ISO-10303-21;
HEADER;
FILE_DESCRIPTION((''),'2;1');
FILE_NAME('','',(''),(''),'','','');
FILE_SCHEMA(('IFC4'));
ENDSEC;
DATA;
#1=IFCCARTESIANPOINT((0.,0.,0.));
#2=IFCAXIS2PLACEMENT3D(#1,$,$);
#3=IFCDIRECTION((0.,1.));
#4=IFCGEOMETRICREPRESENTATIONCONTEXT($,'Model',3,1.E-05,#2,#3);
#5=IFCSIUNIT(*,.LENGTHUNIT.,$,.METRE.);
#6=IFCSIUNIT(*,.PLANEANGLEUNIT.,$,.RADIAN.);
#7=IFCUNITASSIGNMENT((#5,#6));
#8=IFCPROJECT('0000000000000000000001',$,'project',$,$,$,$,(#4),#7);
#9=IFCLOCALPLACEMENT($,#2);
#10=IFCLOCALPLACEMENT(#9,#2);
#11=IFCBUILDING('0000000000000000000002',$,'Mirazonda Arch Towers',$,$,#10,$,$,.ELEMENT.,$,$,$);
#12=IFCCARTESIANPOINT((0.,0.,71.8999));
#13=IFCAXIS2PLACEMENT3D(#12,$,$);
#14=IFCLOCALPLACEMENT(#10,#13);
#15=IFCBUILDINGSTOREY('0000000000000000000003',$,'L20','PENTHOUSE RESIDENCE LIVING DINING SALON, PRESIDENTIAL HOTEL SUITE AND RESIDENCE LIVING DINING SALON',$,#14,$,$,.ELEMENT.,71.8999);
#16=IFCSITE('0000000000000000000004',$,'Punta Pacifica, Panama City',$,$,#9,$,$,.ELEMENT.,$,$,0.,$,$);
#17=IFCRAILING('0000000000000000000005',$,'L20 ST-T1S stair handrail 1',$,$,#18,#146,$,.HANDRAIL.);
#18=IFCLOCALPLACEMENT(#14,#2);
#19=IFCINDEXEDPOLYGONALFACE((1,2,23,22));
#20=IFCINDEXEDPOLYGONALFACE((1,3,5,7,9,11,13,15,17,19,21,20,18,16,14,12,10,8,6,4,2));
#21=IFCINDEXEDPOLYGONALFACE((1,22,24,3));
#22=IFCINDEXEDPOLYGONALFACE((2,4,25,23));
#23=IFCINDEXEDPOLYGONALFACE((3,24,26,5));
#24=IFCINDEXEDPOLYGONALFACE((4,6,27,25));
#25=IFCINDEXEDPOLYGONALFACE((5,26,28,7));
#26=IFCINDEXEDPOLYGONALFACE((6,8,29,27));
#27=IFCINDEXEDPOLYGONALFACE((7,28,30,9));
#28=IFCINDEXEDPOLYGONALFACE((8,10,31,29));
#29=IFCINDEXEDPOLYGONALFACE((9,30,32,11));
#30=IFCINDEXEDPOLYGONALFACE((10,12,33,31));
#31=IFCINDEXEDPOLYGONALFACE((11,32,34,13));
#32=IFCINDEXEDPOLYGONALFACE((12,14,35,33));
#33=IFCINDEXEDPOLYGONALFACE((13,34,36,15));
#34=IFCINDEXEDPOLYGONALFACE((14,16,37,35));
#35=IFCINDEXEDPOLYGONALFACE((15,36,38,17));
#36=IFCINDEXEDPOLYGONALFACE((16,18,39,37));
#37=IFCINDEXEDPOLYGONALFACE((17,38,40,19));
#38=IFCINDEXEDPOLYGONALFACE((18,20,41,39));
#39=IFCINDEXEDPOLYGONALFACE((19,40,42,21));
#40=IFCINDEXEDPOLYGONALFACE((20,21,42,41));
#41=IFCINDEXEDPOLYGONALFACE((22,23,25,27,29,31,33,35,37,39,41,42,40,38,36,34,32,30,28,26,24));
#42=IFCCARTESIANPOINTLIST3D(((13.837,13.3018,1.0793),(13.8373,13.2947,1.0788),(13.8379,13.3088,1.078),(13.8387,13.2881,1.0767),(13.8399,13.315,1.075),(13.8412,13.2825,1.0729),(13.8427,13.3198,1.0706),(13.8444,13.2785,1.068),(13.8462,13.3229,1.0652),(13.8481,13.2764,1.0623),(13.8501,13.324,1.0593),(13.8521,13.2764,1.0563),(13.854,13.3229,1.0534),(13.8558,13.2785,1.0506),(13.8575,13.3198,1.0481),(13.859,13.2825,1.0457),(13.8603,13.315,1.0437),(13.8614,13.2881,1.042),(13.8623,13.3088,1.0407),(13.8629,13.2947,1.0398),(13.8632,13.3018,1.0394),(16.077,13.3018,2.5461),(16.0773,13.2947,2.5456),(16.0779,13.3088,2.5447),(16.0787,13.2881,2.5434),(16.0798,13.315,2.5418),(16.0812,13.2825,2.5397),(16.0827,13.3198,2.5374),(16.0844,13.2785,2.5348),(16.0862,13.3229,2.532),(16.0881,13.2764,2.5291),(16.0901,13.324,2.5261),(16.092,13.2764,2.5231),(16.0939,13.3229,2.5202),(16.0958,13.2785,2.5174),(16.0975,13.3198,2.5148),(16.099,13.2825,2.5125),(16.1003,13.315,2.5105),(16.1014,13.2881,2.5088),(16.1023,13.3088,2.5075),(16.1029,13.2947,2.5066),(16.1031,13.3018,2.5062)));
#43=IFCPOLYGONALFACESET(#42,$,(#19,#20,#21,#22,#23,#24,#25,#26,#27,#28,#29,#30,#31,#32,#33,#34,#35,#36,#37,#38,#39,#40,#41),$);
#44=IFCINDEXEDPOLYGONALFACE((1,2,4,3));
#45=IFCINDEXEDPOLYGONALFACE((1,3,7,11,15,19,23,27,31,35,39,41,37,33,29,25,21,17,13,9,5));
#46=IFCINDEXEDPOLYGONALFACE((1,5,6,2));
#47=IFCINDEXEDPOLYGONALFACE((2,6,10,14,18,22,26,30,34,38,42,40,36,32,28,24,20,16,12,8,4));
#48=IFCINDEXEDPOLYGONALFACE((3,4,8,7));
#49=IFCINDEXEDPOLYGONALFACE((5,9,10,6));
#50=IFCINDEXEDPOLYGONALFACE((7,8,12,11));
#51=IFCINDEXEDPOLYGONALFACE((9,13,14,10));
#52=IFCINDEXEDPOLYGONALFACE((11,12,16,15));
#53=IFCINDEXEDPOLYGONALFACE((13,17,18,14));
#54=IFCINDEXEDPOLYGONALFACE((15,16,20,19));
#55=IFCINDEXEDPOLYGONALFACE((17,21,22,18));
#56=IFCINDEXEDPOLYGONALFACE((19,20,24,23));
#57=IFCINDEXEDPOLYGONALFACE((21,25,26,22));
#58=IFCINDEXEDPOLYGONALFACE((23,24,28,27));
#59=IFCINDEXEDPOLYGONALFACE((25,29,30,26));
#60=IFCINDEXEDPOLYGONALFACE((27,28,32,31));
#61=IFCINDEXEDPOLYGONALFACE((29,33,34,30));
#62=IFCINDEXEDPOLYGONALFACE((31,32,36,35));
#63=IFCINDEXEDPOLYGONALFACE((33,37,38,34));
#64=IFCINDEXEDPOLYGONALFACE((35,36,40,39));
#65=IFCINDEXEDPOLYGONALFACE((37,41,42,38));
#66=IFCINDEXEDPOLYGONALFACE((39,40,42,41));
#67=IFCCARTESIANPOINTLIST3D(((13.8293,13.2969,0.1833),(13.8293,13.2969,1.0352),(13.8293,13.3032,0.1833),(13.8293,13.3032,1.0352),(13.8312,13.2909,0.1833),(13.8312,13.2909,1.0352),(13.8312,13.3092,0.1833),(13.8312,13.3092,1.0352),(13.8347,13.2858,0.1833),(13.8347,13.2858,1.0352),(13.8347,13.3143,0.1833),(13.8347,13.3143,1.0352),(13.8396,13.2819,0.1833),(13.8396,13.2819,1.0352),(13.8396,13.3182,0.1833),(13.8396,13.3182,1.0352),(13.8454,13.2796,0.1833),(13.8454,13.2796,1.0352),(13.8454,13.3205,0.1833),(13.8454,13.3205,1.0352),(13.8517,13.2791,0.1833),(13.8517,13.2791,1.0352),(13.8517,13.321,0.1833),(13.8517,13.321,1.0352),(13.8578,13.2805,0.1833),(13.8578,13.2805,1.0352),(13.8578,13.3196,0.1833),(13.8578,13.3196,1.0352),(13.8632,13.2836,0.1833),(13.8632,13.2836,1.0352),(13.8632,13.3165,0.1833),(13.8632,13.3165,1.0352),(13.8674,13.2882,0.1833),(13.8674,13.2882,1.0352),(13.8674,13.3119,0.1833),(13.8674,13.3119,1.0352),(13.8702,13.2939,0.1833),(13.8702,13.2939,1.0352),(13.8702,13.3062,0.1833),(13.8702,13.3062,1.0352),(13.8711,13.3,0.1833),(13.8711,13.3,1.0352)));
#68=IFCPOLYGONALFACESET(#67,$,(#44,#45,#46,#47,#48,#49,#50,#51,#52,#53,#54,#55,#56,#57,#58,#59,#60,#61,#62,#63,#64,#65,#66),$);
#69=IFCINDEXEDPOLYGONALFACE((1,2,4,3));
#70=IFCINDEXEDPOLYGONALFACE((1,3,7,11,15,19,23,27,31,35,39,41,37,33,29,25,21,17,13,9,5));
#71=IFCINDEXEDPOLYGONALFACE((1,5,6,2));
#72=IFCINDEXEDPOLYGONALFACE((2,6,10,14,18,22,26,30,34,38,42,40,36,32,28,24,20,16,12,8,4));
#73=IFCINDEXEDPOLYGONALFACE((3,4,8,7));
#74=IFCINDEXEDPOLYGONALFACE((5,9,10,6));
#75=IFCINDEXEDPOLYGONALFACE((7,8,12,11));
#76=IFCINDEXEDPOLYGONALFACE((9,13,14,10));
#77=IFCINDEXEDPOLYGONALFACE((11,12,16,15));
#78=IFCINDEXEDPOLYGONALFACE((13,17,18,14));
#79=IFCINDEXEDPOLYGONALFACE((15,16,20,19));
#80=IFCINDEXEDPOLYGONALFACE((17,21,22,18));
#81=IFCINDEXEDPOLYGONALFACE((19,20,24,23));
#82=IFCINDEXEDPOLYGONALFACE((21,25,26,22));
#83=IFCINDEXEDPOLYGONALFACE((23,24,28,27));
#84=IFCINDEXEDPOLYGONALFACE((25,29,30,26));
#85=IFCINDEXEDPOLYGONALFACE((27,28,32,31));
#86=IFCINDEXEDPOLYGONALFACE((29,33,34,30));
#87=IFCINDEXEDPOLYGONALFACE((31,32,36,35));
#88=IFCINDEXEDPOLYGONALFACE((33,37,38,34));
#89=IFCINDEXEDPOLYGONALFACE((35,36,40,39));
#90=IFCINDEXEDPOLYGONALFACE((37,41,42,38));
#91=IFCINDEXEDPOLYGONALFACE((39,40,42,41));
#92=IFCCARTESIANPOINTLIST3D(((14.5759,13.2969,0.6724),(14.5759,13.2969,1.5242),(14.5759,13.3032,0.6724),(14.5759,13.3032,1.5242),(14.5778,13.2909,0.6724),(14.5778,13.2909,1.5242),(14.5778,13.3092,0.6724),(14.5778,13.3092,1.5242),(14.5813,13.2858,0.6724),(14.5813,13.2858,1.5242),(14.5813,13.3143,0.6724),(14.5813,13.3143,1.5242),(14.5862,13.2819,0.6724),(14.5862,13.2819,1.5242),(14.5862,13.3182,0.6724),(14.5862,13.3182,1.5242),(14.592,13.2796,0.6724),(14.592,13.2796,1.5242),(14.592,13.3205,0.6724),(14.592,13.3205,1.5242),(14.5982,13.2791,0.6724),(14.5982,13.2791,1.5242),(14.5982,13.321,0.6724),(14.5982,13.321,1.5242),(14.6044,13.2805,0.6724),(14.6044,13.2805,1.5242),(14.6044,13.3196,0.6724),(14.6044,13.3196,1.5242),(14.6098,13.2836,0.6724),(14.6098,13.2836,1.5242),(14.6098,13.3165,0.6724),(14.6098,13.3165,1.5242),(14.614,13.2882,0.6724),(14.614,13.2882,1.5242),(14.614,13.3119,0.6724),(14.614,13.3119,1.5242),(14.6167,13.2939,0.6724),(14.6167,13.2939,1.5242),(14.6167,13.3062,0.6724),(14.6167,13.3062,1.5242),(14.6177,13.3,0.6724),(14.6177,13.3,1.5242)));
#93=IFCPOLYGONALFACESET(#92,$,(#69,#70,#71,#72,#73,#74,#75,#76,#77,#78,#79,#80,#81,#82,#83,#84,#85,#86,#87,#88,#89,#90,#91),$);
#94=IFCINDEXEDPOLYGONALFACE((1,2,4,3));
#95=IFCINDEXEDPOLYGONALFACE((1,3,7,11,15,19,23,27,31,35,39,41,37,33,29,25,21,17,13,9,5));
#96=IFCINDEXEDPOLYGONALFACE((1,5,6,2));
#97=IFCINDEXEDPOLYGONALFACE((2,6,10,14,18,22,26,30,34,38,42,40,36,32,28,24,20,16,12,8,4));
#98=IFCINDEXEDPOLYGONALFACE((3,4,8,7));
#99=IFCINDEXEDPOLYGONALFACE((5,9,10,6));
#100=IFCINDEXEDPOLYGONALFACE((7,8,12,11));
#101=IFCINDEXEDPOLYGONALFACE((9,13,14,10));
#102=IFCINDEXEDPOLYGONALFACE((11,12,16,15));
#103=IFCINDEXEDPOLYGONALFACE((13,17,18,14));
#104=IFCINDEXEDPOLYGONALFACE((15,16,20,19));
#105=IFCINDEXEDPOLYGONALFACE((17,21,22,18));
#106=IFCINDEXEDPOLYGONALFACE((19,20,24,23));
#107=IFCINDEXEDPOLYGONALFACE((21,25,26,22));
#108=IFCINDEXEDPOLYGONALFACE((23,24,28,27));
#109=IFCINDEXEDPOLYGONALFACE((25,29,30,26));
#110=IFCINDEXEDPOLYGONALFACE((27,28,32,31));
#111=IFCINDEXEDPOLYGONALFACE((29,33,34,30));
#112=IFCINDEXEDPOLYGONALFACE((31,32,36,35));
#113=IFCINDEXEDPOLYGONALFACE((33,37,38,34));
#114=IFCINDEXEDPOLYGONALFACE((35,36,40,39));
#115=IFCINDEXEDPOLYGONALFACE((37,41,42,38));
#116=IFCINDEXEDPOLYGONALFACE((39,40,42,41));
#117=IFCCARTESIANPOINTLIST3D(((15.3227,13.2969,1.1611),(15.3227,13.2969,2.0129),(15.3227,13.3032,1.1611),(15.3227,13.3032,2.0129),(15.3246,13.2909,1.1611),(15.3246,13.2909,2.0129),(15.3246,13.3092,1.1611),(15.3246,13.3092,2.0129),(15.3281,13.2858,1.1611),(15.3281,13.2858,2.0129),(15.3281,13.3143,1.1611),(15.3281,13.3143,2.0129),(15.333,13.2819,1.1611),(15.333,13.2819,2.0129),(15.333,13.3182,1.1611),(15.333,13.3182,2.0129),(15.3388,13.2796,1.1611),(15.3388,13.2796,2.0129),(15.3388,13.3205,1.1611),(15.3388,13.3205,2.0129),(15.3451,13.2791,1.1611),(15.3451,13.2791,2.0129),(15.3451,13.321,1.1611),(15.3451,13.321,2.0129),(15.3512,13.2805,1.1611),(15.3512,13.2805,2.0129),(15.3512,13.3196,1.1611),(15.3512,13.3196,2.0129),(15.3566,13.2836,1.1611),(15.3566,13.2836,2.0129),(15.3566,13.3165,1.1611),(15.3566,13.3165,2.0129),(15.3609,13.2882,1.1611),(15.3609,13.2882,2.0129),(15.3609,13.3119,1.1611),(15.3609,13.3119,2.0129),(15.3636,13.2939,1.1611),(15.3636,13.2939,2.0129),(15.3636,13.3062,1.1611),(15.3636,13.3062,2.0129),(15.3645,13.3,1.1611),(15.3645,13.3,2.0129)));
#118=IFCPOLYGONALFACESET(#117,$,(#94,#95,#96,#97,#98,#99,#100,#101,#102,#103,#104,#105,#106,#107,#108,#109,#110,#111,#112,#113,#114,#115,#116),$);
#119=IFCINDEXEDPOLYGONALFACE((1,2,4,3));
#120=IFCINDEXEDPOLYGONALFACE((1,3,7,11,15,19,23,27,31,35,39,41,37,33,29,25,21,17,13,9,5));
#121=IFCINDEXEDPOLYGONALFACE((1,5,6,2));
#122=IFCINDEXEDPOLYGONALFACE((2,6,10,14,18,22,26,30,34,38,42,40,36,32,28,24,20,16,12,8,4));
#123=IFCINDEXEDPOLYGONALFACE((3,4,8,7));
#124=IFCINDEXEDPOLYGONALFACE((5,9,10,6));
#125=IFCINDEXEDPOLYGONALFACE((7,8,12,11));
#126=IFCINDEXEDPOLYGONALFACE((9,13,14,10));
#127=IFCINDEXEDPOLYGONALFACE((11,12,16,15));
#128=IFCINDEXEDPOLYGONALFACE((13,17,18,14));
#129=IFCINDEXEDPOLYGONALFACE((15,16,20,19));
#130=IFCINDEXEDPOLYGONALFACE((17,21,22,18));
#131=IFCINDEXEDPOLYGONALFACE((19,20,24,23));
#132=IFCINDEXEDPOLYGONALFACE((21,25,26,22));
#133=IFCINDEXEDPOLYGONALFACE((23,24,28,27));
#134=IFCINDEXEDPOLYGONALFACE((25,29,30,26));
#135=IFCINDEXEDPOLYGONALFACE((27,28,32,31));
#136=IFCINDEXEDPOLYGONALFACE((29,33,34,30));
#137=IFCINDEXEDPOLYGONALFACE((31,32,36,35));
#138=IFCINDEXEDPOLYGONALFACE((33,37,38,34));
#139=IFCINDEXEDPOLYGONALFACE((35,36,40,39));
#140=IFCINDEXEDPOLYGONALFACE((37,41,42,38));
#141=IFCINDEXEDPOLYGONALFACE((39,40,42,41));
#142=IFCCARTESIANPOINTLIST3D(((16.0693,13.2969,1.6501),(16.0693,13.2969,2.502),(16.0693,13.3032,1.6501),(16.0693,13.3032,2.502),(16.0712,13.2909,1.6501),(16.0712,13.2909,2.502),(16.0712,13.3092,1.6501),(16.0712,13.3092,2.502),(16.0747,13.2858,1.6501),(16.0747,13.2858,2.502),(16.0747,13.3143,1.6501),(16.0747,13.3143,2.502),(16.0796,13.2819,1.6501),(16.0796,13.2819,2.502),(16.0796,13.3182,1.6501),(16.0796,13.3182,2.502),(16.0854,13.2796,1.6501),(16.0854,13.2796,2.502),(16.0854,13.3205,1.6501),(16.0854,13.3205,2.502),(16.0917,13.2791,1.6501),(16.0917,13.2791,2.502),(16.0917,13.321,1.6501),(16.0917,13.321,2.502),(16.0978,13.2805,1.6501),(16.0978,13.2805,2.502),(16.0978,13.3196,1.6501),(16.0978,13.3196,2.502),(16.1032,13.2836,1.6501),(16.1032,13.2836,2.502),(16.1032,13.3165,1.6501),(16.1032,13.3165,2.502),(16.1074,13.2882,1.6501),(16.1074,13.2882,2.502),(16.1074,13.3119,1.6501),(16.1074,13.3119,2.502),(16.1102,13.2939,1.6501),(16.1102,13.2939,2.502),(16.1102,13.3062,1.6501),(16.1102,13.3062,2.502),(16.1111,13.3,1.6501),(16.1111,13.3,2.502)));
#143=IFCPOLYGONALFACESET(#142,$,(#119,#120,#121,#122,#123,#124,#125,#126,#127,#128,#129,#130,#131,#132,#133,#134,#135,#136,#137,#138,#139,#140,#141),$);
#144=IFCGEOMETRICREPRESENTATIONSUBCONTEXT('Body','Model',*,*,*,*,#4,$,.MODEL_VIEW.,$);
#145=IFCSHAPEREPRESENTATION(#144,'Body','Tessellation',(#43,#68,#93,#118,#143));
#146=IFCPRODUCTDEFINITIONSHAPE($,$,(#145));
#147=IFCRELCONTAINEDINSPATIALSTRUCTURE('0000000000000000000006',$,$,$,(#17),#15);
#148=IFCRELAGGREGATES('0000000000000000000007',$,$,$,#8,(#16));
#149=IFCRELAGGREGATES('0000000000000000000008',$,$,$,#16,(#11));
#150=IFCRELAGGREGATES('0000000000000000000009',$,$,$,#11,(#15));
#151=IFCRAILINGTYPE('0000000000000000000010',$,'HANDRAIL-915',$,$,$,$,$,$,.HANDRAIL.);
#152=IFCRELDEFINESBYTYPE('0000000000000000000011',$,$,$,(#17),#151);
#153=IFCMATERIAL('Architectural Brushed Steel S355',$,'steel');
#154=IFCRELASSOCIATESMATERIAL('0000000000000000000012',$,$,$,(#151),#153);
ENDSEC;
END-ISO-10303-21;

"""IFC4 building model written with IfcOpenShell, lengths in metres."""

from ifc_helpers import new_model, si_unit, direction, frame, origin, origin_2d, place, context, subcontext, project, spatial, circle, extrude, material, type_object, element, save


model = new_model("IFC4")

# Units and contexts
model_context = context("Model", 3, precision=1e-05, world=origin(), true_north=direction((0.0, 1.0)))
body_context = subcontext(model_context, "Body", "Model", "MODEL_VIEW")
ifc_project = project(units=[si_unit("LENGTHUNIT", "METRE"), si_unit("PLANEANGLEUNIT", "RADIAN")], contexts=[model_context])

# Site, building, storey
site_placement = place(None, origin())
site = spatial("IfcSite", under=ifc_project, at=site_placement, Name="Punta Pacifica, Panama City", CompositionType="ELEMENT", RefElevation=0.0)
building_placement = place(site_placement, origin())
building = spatial("IfcBuilding", under=site, at=building_placement, Name="Mirazonda Arch Towers", CompositionType="ELEMENT")
storey_placement = place(building_placement, frame((0.0, 0.0, 71.8999)))
storey = spatial("IfcBuildingStorey", under=building, at=storey_placement, Name="L20", Description="PENTHOUSE RESIDENCE LIVING DINING SALON, PRESIDENTIAL HOTEL SUITE AND RESIDENCE LIVING DINING SALON", CompositionType="ELEMENT", Elevation=71.8999)

# Shared definitions
ifc_material_1 = material(Name="Architectural Brushed Steel S355", Category="steel")

# Railing
railing_type = type_object("IfcRailingType", Name="HANDRAIL-915", PredefinedType="HANDRAIL", material=ifc_material_1)
railing_placement = place(storey_placement, frame((13.8501, 13.3, 0.1833)))
element("IfcRailing", 1, at=railing_placement, inside=storey, type_object=railing_type, Name="L20 ST-T1S stair handrail 1", PredefinedType="HANDRAIL", context=body_context, shape_type="SweptSolid", body=[
    extrude(circle(Radius=0.0239, at=origin_2d()), frame((0.0, 0.0, 0.876), z_axis=(0.836595, 0.0, 0.547822), x_axis=(0.0, 1.0, 0.0)), (0.0, 0.0, 1.0), 2.6775),
    extrude(circle(Radius=0.021, at=origin_2d()), origin(), (0.0, 0.0, 1.0), 0.8518),
    extrude(circle(Radius=0.021, at=origin_2d()), frame((0.7466, 0.0, 0.489)), (0.0, 0.0, 1.0), 0.8518),
    extrude(circle(Radius=0.021, at=origin_2d()), frame((1.4934, 0.0, 0.9778)), (0.0, 0.0, 1.0), 0.8518),
    extrude(circle(Radius=0.021, at=origin_2d()), frame((2.24, 0.0, 1.4668)), (0.0, 0.0, 1.0), 0.8518),
])

save(model, "model.ifc")
